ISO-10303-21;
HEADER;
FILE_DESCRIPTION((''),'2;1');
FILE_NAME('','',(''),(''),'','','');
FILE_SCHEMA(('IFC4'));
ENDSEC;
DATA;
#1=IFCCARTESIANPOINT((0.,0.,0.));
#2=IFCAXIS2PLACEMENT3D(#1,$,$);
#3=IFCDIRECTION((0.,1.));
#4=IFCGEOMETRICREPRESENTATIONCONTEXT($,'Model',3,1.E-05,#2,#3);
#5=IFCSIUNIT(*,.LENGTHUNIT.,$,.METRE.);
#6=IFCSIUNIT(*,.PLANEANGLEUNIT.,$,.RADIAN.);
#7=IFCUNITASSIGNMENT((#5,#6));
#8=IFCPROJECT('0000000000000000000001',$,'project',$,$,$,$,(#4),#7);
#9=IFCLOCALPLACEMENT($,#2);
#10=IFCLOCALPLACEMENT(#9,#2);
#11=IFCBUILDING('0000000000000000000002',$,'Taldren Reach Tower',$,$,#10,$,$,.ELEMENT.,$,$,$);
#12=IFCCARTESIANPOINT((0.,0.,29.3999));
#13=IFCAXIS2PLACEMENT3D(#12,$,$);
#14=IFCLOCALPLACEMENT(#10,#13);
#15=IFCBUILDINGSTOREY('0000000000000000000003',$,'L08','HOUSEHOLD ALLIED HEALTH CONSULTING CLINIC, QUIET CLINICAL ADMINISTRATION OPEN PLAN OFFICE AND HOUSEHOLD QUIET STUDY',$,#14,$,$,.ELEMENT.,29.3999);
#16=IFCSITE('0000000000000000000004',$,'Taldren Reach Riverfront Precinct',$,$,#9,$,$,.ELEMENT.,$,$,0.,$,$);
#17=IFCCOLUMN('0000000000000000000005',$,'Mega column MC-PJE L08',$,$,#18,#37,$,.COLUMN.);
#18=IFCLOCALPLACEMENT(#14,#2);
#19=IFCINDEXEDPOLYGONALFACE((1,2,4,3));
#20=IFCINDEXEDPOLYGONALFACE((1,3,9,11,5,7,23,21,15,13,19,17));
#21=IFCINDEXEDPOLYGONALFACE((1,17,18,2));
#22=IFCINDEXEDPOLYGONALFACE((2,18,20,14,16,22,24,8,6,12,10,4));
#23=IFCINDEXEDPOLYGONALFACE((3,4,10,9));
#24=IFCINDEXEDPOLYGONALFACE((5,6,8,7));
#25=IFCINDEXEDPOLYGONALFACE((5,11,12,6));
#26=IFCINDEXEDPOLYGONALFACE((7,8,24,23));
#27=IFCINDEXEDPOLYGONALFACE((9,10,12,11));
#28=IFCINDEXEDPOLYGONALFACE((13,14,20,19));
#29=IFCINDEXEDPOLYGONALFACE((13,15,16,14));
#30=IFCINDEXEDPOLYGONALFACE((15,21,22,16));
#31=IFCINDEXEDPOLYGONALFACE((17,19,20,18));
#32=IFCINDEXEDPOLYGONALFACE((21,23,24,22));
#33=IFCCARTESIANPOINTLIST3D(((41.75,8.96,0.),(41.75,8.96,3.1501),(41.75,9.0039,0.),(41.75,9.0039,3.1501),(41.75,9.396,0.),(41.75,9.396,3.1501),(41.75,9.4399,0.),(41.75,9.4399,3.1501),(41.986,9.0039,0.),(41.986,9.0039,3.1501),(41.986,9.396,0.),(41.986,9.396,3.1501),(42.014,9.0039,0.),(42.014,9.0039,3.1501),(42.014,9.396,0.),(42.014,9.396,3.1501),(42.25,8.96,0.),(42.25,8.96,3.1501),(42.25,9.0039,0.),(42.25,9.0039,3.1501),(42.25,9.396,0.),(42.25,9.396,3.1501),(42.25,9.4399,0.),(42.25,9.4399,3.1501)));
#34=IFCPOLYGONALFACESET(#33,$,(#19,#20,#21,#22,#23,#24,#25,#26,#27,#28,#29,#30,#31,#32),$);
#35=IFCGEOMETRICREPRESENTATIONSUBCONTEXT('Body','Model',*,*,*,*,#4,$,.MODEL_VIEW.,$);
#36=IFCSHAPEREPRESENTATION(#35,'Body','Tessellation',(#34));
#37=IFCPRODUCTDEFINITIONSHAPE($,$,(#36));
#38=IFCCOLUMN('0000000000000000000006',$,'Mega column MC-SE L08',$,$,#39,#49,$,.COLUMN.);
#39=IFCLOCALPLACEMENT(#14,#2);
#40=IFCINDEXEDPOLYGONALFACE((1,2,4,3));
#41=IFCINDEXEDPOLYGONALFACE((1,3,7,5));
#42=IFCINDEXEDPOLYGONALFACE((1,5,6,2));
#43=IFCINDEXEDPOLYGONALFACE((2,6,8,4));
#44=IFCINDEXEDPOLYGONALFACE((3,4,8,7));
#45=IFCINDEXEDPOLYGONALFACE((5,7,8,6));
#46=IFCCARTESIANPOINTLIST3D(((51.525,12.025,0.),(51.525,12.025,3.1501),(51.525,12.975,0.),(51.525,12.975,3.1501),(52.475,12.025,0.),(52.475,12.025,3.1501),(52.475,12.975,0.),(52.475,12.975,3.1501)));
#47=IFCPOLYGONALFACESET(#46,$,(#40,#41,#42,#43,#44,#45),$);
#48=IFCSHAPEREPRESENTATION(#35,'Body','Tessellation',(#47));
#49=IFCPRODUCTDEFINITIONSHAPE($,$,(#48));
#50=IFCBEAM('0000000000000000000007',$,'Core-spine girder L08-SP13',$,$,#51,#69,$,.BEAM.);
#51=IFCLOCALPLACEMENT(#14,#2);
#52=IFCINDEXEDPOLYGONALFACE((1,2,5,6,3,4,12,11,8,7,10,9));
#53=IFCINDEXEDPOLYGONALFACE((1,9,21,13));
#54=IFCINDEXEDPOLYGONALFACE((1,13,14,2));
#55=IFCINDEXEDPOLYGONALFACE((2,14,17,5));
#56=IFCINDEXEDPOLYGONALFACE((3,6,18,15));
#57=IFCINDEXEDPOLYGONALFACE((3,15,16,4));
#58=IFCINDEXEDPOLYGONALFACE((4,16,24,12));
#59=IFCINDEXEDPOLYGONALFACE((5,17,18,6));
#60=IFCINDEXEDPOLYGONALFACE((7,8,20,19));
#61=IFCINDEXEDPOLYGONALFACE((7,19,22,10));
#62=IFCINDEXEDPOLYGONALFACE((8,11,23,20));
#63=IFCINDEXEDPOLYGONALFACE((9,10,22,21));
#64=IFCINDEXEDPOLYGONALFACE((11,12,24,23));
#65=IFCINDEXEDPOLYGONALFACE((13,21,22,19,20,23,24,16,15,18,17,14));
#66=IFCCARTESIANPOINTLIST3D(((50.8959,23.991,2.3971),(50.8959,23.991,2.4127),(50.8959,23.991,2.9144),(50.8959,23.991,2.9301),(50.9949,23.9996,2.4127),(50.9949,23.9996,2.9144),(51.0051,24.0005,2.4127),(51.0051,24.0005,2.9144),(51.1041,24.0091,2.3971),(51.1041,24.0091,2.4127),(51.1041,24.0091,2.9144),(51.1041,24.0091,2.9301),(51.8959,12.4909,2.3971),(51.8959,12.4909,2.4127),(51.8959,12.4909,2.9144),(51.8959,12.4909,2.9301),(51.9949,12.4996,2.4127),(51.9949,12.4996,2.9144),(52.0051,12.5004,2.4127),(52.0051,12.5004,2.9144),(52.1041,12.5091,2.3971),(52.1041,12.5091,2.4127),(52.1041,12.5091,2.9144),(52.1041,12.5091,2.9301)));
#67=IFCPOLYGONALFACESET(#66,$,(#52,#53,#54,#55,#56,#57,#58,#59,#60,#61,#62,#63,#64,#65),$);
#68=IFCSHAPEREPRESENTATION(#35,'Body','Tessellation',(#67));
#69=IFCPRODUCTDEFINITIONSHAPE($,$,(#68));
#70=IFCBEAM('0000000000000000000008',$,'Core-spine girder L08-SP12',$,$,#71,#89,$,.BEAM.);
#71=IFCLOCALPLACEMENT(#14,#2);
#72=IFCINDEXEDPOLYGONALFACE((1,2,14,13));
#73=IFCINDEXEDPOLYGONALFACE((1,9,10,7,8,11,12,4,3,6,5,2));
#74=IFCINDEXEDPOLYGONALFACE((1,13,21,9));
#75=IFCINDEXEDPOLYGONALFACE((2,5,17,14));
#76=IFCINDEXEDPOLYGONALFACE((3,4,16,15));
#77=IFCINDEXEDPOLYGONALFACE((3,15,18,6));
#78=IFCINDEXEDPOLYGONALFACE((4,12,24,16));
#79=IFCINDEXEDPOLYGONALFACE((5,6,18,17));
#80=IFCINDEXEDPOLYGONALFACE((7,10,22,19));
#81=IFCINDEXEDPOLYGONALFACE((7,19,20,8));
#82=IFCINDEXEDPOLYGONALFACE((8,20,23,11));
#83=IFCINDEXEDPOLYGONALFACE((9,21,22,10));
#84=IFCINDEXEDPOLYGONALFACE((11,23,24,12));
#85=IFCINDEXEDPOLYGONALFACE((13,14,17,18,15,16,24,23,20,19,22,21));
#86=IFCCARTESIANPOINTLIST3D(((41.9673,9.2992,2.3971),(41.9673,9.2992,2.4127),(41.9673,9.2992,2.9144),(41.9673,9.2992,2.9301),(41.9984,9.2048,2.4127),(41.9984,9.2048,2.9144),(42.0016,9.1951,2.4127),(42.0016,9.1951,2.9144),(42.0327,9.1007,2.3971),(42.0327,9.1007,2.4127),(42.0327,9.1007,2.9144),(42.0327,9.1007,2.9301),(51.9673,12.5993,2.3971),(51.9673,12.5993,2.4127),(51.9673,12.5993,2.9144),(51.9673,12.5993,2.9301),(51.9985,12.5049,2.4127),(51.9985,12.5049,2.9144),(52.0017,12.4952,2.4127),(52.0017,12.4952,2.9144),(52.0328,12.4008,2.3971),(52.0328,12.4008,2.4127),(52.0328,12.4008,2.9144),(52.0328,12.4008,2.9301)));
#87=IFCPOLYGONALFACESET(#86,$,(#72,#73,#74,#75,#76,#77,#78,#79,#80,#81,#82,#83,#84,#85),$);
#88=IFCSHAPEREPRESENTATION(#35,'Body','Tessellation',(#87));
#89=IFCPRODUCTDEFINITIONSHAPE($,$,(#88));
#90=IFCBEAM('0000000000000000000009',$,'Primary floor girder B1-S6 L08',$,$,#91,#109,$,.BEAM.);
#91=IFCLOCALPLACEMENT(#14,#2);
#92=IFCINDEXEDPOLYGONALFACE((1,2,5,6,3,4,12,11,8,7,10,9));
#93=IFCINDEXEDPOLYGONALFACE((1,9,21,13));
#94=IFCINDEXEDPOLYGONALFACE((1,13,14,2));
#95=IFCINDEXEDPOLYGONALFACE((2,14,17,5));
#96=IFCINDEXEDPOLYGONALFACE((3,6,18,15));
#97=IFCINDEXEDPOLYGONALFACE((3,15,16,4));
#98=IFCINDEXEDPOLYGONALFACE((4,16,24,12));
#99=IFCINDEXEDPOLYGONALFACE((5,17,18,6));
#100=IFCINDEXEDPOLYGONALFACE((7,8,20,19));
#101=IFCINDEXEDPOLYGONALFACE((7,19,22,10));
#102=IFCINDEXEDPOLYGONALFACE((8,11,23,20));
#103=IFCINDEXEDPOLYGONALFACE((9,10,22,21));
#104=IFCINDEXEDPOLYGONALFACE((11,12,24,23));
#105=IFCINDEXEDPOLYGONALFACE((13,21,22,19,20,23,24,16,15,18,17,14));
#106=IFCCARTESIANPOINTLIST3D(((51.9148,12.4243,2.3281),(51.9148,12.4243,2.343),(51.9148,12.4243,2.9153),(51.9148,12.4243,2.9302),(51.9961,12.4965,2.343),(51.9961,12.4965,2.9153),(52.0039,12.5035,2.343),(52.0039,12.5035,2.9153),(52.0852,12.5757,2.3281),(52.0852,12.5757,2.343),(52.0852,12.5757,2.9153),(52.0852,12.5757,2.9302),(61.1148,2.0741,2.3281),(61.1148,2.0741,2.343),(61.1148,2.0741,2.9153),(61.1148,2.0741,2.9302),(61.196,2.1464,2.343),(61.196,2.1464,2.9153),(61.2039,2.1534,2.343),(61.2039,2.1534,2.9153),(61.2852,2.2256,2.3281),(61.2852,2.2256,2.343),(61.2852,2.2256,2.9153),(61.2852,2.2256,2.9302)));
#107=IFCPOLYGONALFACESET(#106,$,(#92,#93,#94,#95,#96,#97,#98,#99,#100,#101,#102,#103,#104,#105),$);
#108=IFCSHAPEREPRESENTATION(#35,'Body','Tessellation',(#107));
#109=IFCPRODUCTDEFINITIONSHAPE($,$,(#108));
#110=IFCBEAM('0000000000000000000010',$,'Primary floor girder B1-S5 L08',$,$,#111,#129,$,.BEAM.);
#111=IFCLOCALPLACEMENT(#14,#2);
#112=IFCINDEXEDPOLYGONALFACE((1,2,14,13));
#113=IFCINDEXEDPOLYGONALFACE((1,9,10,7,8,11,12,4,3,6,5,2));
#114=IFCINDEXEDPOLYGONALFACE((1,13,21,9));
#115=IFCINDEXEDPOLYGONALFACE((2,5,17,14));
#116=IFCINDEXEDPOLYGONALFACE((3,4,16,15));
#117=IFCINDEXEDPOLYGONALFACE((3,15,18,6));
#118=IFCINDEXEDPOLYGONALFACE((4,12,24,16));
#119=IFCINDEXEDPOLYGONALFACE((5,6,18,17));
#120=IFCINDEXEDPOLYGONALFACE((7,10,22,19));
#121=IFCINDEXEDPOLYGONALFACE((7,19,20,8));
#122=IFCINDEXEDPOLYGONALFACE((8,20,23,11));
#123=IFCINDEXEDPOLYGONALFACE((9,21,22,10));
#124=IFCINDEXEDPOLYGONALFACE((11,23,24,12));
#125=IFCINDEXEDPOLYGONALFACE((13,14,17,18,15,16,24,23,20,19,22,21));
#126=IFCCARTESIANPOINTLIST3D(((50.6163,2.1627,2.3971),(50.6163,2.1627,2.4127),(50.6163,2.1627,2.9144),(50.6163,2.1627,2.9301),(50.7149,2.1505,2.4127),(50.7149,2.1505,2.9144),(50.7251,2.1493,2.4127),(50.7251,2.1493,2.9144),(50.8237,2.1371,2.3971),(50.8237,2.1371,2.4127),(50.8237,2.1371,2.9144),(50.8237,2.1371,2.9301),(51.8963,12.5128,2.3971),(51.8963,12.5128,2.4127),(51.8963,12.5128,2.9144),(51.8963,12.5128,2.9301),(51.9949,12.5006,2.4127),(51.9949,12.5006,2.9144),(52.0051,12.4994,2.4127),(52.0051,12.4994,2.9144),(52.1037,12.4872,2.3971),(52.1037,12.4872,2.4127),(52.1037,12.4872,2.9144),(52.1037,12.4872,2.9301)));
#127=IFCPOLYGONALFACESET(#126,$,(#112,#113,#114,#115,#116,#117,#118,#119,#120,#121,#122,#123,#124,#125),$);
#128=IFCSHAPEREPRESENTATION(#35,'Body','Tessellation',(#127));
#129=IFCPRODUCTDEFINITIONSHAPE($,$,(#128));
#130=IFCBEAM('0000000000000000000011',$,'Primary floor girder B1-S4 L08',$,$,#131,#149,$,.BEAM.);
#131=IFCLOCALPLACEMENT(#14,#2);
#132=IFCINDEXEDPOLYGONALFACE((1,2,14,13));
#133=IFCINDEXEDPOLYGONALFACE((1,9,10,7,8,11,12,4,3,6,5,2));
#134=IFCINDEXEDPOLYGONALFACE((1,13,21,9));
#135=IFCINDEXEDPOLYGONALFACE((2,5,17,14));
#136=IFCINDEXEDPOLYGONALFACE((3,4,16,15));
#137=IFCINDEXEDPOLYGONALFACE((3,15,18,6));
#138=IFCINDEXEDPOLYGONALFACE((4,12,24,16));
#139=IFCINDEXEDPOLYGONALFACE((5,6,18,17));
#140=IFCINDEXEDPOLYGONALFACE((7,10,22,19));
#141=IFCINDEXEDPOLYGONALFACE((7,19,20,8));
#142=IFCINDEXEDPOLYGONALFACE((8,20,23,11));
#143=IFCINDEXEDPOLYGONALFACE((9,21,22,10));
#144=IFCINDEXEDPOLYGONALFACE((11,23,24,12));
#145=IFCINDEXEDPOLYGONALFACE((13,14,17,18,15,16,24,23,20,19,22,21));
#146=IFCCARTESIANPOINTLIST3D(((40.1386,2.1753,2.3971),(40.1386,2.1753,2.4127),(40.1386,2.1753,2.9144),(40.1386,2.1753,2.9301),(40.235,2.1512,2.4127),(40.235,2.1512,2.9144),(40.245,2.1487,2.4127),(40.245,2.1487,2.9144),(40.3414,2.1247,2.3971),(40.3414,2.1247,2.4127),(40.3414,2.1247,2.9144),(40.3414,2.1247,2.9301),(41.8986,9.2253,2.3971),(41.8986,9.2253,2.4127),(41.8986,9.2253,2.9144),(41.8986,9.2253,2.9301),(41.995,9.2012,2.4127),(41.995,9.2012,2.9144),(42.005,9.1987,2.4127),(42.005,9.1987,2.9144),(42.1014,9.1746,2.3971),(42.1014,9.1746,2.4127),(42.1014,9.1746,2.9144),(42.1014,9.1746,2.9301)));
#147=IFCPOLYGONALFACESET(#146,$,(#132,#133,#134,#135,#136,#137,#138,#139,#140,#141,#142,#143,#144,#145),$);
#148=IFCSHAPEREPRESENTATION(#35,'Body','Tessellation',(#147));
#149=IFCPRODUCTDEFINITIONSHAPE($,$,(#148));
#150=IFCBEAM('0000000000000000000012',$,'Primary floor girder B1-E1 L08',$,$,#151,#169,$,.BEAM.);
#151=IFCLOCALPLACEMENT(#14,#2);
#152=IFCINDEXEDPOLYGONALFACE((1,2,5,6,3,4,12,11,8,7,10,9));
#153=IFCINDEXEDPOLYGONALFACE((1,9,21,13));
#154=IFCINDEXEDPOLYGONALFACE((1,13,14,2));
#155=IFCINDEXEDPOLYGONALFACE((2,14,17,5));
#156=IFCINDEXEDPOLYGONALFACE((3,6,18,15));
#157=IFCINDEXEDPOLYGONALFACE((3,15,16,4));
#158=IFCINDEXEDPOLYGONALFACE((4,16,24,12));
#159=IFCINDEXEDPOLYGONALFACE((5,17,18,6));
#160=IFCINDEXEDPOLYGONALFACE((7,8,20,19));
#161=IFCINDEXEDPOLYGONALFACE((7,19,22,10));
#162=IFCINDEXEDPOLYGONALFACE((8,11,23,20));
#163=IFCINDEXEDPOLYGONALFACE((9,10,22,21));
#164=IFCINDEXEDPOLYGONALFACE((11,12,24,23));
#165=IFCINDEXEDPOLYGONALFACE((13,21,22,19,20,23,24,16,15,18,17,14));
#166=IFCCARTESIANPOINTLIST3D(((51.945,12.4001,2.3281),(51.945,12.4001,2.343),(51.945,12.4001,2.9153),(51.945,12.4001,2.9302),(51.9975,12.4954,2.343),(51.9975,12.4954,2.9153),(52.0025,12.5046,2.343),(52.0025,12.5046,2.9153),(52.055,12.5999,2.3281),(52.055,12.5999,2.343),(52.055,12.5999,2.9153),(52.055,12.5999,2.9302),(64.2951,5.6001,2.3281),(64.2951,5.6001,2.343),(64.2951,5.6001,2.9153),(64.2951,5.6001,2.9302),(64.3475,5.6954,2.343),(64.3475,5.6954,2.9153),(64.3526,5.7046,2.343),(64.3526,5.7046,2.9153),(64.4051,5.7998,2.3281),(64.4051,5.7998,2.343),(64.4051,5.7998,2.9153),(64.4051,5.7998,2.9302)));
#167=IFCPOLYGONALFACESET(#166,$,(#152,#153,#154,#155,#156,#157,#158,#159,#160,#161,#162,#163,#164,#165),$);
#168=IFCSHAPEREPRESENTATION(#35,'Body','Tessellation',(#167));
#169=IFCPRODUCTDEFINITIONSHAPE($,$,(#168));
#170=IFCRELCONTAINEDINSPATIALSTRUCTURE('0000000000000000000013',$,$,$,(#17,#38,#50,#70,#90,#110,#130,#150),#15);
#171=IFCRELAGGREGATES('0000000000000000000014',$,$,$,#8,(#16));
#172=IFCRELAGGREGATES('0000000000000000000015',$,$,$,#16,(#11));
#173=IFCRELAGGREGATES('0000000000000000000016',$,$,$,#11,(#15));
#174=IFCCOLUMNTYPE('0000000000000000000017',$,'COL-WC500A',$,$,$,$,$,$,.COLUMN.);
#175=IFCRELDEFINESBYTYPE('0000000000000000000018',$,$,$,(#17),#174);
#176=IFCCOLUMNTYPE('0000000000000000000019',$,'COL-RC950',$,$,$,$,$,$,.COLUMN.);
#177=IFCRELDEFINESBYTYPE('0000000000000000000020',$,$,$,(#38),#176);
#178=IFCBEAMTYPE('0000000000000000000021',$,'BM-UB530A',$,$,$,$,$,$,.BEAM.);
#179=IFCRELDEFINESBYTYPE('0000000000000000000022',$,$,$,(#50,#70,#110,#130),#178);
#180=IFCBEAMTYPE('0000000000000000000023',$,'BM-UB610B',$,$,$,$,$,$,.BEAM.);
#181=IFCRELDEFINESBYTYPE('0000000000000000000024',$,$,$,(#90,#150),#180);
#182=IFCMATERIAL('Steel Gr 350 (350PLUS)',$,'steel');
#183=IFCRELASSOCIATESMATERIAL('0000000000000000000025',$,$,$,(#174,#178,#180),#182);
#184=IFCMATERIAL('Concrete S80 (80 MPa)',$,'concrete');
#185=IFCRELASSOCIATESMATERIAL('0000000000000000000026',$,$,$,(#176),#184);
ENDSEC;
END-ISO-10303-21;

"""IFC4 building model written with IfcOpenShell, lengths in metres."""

from ifc_helpers import new_model, si_unit, direction, frame, origin, origin_2d, place, context, subcontext, project, spatial, rectangle, i_section, extrude, source, transform, mapped, material, material_profile, profile_set, type_object, element, save


model = new_model("IFC4")

# Units and contexts
model_context = context("Model", 3, precision=1e-05, world=origin(), true_north=direction((0.0, 1.0)))
body_context = subcontext(model_context, "Body", "Model", "MODEL_VIEW")
ifc_project = project(units=[si_unit("LENGTHUNIT", "METRE"), si_unit("PLANEANGLEUNIT", "RADIAN")], contexts=[model_context])

# Site, building, storey
site_placement = place(None, origin())
site = spatial("IfcSite", under=ifc_project, at=site_placement, Name="Taldren Reach Riverfront Precinct", CompositionType="ELEMENT", RefElevation=0.0)
building_placement = place(site_placement, origin())
building = spatial("IfcBuilding", under=site, at=building_placement, Name="Taldren Reach Tower", CompositionType="ELEMENT")
storey_placement = place(building_placement, frame((0.0, 0.0, 29.3999)))
storey = spatial("IfcBuildingStorey", under=building, at=storey_placement, Name="L08", Description="HOUSEHOLD ALLIED HEALTH CONSULTING CLINIC, QUIET CLINICAL ADMINISTRATION OPEN PLAN OFFICE AND HOUSEHOLD QUIET STUDY", CompositionType="ELEMENT", Elevation=29.3999)

# Columns
ifc_material_1 = material(Name="Steel Gr 350 (350PLUS)", Category="steel")
ifc_material_profile_1 = material_profile(ifc_material_1, i_section(OverallWidth=0.5, OverallDepth=0.48, WebThickness=0.0281, FlangeThickness=0.0439, at=origin_2d()), Name="500WC440")
ifc_profile_set_1 = profile_set([ifc_material_profile_1], Name="Steel Gr 350 (350PLUS)")
column_type_1 = type_object("IfcColumnType", Name="COL-WC500A", PredefinedType="COLUMN", material=ifc_profile_set_1)
shared_shape_1 = source(origin(), body_context, "Body", "SweptSolid", [
    extrude(i_section(OverallWidth=0.5, OverallDepth=0.48, WebThickness=0.0281, FlangeThickness=0.0439, at=origin_2d()), origin(), (0.0, 0.0, 1.0), 3.1501),
])
column_1_placement = place(storey_placement, frame((42.0, 9.2, 0.0), z_axis=(0.0, 0.0, 1.0), x_axis=(1.0, 0.0, 0.0)))
element("IfcColumn", 1, at=column_1_placement, inside=storey, type_object=column_type_1, Name="Mega column MC-PJE L08", PredefinedType="COLUMN", context=body_context, shape_type="MappedRepresentation", body=[
    mapped(shared_shape_1, transform((0.0, 0.0, 0.0), scale=1.0)),
])
ifc_material_2 = material(Name="Concrete S80 (80 MPa)", Category="concrete")
ifc_material_profile_2 = material_profile(ifc_material_2, rectangle(XDim=0.95, YDim=0.95, at=origin_2d()), Name="RC-950x950")
ifc_profile_set_2 = profile_set([ifc_material_profile_2], Name="Concrete S80 (80 MPa)")
column_type_2 = type_object("IfcColumnType", Name="COL-RC950", PredefinedType="COLUMN", material=ifc_profile_set_2)
shared_shape_2 = source(origin(), body_context, "Body", "SweptSolid", [
    extrude(rectangle(XDim=0.95, YDim=0.95, at=origin_2d()), origin(), (0.0, 0.0, 1.0), 3.1501),
])
column_2_placement = place(storey_placement, frame((52.0, 12.5, 0.0), z_axis=(0.0, 0.0, 1.0), x_axis=(1.0, 0.0, 0.0)))
element("IfcColumn", 2, at=column_2_placement, inside=storey, type_object=column_type_2, Name="Mega column MC-SE L08", PredefinedType="COLUMN", context=body_context, shape_type="MappedRepresentation", body=[
    mapped(shared_shape_2, transform((0.0, 0.0, 0.0), scale=1.0)),
])

# Beams
ifc_material_profile_3 = material_profile(ifc_material_1, i_section(OverallWidth=0.209, OverallDepth=0.533, WebThickness=0.0103, FlangeThickness=0.0156, at=origin_2d()), Name="530UB92.4")
ifc_profile_set_3 = profile_set([ifc_material_profile_3], Name="Steel Gr 350 (350PLUS)")
beam_type_1 = type_object("IfcBeamType", Name="BM-UB530A", PredefinedType="BEAM", material=ifc_profile_set_3)
shared_shape_3 = source(origin(), body_context, "Body", "SweptSolid", [
    extrude(i_section(OverallWidth=0.209, OverallDepth=0.533, WebThickness=0.0103, FlangeThickness=0.0156, at=origin_2d()), origin(), (0.0, 0.0, 1.0), 11.5435),
])
beam_1_placement = place(storey_placement, frame((52.0, 12.5, 2.6636), z_axis=(-0.08663, 0.996241, 0.0), x_axis=(-0.996241, -0.08663, 0.0)))
element("IfcBeam", 3, at=beam_1_placement, inside=storey, type_object=beam_type_1, Name="Core-spine girder L08-SP13", PredefinedType="BEAM", context=body_context, shape_type="MappedRepresentation", body=[
    mapped(shared_shape_3, transform((0.0, 0.0, 0.0), scale=1.0)),
])
shared_shape_4 = source(origin(), body_context, "Body", "SweptSolid", [
    extrude(i_section(OverallWidth=0.209, OverallDepth=0.533, WebThickness=0.0103, FlangeThickness=0.0156, at=origin_2d()), origin(), (0.0, 0.0, 1.0), 10.5305),
])
beam_2_placement = place(storey_placement, frame((42.0, 9.2, 2.6636), z_axis=(0.949627, 0.313382, 0.0), x_axis=(-0.313382, 0.949627, 0.0)))
element("IfcBeam", 4, at=beam_2_placement, inside=storey, type_object=beam_type_1, Name="Core-spine girder L08-SP12", PredefinedType="BEAM", context=body_context, shape_type="MappedRepresentation", body=[
    mapped(shared_shape_4, transform((0.0, 0.0, 0.0), scale=1.0)),
])
ifc_material_profile_4 = material_profile(ifc_material_1, i_section(OverallWidth=0.228, OverallDepth=0.6021, WebThickness=0.0105, FlangeThickness=0.0149, at=origin_2d()), Name="610UB101")
ifc_profile_set_4 = profile_set([ifc_material_profile_4], Name="Steel Gr 350 (350PLUS)")
beam_type_2 = type_object("IfcBeamType", Name="BM-UB610B", PredefinedType="BEAM", material=ifc_profile_set_4)
shared_shape_5 = source(origin(), body_context, "Body", "SweptSolid", [
    extrude(i_section(OverallWidth=0.228, OverallDepth=0.6021, WebThickness=0.0105, FlangeThickness=0.0149, at=origin_2d()), origin(), (0.0, 0.0, 1.0), 13.8479),
])
beam_3_placement = place(storey_placement, frame((52.0, 12.5, 2.6292), z_axis=(0.664358, -0.747414, 0.0), x_axis=(0.747414, 0.664358, 0.0)))
element("IfcBeam", 5, at=beam_3_placement, inside=storey, type_object=beam_type_2, Name="Primary floor girder B1-S6 L08", PredefinedType="BEAM", context=body_context, shape_type="MappedRepresentation", body=[
    mapped(shared_shape_5, transform((0.0, 0.0, 0.0), scale=1.0)),
])
shared_shape_6 = source(origin(), body_context, "Body", "SweptSolid", [
    extrude(i_section(OverallWidth=0.209, OverallDepth=0.533, WebThickness=0.0103, FlangeThickness=0.0156, at=origin_2d()), origin(), (0.0, 0.0, 1.0), 10.429),
])
beam_4_placement = place(storey_placement, frame((52.0, 12.5, 2.6636), z_axis=(-0.122738, -0.992439, 0.0), x_axis=(0.992439, -0.122738, 0.0)))
element("IfcBeam", 6, at=beam_4_placement, inside=storey, type_object=beam_type_1, Name="Primary floor girder B1-S5 L08", PredefinedType="BEAM", context=body_context, shape_type="MappedRepresentation", body=[
    mapped(shared_shape_6, transform((0.0, 0.0, 0.0), scale=1.0)),
])
shared_shape_7 = source(origin(), body_context, "Body", "SweptSolid", [
    extrude(i_section(OverallWidth=0.209, OverallDepth=0.533, WebThickness=0.0103, FlangeThickness=0.0156, at=origin_2d()), origin(), (0.0, 0.0, 1.0), 7.2664),
])
beam_5_placement = place(storey_placement, frame((42.0, 9.2, 2.6636), z_axis=(-0.242211, -0.970223, 0.0), x_axis=(0.970223, -0.242211, 0.0)))
element("IfcBeam", 7, at=beam_5_placement, inside=storey, type_object=beam_type_1, Name="Primary floor girder B1-S4 L08", PredefinedType="BEAM", context=body_context, shape_type="MappedRepresentation", body=[
    mapped(shared_shape_7, transform((0.0, 0.0, 0.0), scale=1.0)),
])
shared_shape_8 = source(origin(), body_context, "Body", "SweptSolid", [
    extrude(i_section(OverallWidth=0.228, OverallDepth=0.6021, WebThickness=0.0105, FlangeThickness=0.0149, at=origin_2d()), origin(), (0.0, 0.0, 1.0), 14.0984),
])
beam_6_placement = place(storey_placement, frame((52.0, 12.5, 2.6292), z_axis=(0.875991, -0.482327, 0.0), x_axis=(0.482327, 0.875991, 0.0)))
element("IfcBeam", 8, at=beam_6_placement, inside=storey, type_object=beam_type_2, Name="Primary floor girder B1-E1 L08", PredefinedType="BEAM", context=body_context, shape_type="MappedRepresentation", body=[
    mapped(shared_shape_8, transform((0.0, 0.0, 0.0), scale=1.0)),
])

save(model, "model.ifc")
